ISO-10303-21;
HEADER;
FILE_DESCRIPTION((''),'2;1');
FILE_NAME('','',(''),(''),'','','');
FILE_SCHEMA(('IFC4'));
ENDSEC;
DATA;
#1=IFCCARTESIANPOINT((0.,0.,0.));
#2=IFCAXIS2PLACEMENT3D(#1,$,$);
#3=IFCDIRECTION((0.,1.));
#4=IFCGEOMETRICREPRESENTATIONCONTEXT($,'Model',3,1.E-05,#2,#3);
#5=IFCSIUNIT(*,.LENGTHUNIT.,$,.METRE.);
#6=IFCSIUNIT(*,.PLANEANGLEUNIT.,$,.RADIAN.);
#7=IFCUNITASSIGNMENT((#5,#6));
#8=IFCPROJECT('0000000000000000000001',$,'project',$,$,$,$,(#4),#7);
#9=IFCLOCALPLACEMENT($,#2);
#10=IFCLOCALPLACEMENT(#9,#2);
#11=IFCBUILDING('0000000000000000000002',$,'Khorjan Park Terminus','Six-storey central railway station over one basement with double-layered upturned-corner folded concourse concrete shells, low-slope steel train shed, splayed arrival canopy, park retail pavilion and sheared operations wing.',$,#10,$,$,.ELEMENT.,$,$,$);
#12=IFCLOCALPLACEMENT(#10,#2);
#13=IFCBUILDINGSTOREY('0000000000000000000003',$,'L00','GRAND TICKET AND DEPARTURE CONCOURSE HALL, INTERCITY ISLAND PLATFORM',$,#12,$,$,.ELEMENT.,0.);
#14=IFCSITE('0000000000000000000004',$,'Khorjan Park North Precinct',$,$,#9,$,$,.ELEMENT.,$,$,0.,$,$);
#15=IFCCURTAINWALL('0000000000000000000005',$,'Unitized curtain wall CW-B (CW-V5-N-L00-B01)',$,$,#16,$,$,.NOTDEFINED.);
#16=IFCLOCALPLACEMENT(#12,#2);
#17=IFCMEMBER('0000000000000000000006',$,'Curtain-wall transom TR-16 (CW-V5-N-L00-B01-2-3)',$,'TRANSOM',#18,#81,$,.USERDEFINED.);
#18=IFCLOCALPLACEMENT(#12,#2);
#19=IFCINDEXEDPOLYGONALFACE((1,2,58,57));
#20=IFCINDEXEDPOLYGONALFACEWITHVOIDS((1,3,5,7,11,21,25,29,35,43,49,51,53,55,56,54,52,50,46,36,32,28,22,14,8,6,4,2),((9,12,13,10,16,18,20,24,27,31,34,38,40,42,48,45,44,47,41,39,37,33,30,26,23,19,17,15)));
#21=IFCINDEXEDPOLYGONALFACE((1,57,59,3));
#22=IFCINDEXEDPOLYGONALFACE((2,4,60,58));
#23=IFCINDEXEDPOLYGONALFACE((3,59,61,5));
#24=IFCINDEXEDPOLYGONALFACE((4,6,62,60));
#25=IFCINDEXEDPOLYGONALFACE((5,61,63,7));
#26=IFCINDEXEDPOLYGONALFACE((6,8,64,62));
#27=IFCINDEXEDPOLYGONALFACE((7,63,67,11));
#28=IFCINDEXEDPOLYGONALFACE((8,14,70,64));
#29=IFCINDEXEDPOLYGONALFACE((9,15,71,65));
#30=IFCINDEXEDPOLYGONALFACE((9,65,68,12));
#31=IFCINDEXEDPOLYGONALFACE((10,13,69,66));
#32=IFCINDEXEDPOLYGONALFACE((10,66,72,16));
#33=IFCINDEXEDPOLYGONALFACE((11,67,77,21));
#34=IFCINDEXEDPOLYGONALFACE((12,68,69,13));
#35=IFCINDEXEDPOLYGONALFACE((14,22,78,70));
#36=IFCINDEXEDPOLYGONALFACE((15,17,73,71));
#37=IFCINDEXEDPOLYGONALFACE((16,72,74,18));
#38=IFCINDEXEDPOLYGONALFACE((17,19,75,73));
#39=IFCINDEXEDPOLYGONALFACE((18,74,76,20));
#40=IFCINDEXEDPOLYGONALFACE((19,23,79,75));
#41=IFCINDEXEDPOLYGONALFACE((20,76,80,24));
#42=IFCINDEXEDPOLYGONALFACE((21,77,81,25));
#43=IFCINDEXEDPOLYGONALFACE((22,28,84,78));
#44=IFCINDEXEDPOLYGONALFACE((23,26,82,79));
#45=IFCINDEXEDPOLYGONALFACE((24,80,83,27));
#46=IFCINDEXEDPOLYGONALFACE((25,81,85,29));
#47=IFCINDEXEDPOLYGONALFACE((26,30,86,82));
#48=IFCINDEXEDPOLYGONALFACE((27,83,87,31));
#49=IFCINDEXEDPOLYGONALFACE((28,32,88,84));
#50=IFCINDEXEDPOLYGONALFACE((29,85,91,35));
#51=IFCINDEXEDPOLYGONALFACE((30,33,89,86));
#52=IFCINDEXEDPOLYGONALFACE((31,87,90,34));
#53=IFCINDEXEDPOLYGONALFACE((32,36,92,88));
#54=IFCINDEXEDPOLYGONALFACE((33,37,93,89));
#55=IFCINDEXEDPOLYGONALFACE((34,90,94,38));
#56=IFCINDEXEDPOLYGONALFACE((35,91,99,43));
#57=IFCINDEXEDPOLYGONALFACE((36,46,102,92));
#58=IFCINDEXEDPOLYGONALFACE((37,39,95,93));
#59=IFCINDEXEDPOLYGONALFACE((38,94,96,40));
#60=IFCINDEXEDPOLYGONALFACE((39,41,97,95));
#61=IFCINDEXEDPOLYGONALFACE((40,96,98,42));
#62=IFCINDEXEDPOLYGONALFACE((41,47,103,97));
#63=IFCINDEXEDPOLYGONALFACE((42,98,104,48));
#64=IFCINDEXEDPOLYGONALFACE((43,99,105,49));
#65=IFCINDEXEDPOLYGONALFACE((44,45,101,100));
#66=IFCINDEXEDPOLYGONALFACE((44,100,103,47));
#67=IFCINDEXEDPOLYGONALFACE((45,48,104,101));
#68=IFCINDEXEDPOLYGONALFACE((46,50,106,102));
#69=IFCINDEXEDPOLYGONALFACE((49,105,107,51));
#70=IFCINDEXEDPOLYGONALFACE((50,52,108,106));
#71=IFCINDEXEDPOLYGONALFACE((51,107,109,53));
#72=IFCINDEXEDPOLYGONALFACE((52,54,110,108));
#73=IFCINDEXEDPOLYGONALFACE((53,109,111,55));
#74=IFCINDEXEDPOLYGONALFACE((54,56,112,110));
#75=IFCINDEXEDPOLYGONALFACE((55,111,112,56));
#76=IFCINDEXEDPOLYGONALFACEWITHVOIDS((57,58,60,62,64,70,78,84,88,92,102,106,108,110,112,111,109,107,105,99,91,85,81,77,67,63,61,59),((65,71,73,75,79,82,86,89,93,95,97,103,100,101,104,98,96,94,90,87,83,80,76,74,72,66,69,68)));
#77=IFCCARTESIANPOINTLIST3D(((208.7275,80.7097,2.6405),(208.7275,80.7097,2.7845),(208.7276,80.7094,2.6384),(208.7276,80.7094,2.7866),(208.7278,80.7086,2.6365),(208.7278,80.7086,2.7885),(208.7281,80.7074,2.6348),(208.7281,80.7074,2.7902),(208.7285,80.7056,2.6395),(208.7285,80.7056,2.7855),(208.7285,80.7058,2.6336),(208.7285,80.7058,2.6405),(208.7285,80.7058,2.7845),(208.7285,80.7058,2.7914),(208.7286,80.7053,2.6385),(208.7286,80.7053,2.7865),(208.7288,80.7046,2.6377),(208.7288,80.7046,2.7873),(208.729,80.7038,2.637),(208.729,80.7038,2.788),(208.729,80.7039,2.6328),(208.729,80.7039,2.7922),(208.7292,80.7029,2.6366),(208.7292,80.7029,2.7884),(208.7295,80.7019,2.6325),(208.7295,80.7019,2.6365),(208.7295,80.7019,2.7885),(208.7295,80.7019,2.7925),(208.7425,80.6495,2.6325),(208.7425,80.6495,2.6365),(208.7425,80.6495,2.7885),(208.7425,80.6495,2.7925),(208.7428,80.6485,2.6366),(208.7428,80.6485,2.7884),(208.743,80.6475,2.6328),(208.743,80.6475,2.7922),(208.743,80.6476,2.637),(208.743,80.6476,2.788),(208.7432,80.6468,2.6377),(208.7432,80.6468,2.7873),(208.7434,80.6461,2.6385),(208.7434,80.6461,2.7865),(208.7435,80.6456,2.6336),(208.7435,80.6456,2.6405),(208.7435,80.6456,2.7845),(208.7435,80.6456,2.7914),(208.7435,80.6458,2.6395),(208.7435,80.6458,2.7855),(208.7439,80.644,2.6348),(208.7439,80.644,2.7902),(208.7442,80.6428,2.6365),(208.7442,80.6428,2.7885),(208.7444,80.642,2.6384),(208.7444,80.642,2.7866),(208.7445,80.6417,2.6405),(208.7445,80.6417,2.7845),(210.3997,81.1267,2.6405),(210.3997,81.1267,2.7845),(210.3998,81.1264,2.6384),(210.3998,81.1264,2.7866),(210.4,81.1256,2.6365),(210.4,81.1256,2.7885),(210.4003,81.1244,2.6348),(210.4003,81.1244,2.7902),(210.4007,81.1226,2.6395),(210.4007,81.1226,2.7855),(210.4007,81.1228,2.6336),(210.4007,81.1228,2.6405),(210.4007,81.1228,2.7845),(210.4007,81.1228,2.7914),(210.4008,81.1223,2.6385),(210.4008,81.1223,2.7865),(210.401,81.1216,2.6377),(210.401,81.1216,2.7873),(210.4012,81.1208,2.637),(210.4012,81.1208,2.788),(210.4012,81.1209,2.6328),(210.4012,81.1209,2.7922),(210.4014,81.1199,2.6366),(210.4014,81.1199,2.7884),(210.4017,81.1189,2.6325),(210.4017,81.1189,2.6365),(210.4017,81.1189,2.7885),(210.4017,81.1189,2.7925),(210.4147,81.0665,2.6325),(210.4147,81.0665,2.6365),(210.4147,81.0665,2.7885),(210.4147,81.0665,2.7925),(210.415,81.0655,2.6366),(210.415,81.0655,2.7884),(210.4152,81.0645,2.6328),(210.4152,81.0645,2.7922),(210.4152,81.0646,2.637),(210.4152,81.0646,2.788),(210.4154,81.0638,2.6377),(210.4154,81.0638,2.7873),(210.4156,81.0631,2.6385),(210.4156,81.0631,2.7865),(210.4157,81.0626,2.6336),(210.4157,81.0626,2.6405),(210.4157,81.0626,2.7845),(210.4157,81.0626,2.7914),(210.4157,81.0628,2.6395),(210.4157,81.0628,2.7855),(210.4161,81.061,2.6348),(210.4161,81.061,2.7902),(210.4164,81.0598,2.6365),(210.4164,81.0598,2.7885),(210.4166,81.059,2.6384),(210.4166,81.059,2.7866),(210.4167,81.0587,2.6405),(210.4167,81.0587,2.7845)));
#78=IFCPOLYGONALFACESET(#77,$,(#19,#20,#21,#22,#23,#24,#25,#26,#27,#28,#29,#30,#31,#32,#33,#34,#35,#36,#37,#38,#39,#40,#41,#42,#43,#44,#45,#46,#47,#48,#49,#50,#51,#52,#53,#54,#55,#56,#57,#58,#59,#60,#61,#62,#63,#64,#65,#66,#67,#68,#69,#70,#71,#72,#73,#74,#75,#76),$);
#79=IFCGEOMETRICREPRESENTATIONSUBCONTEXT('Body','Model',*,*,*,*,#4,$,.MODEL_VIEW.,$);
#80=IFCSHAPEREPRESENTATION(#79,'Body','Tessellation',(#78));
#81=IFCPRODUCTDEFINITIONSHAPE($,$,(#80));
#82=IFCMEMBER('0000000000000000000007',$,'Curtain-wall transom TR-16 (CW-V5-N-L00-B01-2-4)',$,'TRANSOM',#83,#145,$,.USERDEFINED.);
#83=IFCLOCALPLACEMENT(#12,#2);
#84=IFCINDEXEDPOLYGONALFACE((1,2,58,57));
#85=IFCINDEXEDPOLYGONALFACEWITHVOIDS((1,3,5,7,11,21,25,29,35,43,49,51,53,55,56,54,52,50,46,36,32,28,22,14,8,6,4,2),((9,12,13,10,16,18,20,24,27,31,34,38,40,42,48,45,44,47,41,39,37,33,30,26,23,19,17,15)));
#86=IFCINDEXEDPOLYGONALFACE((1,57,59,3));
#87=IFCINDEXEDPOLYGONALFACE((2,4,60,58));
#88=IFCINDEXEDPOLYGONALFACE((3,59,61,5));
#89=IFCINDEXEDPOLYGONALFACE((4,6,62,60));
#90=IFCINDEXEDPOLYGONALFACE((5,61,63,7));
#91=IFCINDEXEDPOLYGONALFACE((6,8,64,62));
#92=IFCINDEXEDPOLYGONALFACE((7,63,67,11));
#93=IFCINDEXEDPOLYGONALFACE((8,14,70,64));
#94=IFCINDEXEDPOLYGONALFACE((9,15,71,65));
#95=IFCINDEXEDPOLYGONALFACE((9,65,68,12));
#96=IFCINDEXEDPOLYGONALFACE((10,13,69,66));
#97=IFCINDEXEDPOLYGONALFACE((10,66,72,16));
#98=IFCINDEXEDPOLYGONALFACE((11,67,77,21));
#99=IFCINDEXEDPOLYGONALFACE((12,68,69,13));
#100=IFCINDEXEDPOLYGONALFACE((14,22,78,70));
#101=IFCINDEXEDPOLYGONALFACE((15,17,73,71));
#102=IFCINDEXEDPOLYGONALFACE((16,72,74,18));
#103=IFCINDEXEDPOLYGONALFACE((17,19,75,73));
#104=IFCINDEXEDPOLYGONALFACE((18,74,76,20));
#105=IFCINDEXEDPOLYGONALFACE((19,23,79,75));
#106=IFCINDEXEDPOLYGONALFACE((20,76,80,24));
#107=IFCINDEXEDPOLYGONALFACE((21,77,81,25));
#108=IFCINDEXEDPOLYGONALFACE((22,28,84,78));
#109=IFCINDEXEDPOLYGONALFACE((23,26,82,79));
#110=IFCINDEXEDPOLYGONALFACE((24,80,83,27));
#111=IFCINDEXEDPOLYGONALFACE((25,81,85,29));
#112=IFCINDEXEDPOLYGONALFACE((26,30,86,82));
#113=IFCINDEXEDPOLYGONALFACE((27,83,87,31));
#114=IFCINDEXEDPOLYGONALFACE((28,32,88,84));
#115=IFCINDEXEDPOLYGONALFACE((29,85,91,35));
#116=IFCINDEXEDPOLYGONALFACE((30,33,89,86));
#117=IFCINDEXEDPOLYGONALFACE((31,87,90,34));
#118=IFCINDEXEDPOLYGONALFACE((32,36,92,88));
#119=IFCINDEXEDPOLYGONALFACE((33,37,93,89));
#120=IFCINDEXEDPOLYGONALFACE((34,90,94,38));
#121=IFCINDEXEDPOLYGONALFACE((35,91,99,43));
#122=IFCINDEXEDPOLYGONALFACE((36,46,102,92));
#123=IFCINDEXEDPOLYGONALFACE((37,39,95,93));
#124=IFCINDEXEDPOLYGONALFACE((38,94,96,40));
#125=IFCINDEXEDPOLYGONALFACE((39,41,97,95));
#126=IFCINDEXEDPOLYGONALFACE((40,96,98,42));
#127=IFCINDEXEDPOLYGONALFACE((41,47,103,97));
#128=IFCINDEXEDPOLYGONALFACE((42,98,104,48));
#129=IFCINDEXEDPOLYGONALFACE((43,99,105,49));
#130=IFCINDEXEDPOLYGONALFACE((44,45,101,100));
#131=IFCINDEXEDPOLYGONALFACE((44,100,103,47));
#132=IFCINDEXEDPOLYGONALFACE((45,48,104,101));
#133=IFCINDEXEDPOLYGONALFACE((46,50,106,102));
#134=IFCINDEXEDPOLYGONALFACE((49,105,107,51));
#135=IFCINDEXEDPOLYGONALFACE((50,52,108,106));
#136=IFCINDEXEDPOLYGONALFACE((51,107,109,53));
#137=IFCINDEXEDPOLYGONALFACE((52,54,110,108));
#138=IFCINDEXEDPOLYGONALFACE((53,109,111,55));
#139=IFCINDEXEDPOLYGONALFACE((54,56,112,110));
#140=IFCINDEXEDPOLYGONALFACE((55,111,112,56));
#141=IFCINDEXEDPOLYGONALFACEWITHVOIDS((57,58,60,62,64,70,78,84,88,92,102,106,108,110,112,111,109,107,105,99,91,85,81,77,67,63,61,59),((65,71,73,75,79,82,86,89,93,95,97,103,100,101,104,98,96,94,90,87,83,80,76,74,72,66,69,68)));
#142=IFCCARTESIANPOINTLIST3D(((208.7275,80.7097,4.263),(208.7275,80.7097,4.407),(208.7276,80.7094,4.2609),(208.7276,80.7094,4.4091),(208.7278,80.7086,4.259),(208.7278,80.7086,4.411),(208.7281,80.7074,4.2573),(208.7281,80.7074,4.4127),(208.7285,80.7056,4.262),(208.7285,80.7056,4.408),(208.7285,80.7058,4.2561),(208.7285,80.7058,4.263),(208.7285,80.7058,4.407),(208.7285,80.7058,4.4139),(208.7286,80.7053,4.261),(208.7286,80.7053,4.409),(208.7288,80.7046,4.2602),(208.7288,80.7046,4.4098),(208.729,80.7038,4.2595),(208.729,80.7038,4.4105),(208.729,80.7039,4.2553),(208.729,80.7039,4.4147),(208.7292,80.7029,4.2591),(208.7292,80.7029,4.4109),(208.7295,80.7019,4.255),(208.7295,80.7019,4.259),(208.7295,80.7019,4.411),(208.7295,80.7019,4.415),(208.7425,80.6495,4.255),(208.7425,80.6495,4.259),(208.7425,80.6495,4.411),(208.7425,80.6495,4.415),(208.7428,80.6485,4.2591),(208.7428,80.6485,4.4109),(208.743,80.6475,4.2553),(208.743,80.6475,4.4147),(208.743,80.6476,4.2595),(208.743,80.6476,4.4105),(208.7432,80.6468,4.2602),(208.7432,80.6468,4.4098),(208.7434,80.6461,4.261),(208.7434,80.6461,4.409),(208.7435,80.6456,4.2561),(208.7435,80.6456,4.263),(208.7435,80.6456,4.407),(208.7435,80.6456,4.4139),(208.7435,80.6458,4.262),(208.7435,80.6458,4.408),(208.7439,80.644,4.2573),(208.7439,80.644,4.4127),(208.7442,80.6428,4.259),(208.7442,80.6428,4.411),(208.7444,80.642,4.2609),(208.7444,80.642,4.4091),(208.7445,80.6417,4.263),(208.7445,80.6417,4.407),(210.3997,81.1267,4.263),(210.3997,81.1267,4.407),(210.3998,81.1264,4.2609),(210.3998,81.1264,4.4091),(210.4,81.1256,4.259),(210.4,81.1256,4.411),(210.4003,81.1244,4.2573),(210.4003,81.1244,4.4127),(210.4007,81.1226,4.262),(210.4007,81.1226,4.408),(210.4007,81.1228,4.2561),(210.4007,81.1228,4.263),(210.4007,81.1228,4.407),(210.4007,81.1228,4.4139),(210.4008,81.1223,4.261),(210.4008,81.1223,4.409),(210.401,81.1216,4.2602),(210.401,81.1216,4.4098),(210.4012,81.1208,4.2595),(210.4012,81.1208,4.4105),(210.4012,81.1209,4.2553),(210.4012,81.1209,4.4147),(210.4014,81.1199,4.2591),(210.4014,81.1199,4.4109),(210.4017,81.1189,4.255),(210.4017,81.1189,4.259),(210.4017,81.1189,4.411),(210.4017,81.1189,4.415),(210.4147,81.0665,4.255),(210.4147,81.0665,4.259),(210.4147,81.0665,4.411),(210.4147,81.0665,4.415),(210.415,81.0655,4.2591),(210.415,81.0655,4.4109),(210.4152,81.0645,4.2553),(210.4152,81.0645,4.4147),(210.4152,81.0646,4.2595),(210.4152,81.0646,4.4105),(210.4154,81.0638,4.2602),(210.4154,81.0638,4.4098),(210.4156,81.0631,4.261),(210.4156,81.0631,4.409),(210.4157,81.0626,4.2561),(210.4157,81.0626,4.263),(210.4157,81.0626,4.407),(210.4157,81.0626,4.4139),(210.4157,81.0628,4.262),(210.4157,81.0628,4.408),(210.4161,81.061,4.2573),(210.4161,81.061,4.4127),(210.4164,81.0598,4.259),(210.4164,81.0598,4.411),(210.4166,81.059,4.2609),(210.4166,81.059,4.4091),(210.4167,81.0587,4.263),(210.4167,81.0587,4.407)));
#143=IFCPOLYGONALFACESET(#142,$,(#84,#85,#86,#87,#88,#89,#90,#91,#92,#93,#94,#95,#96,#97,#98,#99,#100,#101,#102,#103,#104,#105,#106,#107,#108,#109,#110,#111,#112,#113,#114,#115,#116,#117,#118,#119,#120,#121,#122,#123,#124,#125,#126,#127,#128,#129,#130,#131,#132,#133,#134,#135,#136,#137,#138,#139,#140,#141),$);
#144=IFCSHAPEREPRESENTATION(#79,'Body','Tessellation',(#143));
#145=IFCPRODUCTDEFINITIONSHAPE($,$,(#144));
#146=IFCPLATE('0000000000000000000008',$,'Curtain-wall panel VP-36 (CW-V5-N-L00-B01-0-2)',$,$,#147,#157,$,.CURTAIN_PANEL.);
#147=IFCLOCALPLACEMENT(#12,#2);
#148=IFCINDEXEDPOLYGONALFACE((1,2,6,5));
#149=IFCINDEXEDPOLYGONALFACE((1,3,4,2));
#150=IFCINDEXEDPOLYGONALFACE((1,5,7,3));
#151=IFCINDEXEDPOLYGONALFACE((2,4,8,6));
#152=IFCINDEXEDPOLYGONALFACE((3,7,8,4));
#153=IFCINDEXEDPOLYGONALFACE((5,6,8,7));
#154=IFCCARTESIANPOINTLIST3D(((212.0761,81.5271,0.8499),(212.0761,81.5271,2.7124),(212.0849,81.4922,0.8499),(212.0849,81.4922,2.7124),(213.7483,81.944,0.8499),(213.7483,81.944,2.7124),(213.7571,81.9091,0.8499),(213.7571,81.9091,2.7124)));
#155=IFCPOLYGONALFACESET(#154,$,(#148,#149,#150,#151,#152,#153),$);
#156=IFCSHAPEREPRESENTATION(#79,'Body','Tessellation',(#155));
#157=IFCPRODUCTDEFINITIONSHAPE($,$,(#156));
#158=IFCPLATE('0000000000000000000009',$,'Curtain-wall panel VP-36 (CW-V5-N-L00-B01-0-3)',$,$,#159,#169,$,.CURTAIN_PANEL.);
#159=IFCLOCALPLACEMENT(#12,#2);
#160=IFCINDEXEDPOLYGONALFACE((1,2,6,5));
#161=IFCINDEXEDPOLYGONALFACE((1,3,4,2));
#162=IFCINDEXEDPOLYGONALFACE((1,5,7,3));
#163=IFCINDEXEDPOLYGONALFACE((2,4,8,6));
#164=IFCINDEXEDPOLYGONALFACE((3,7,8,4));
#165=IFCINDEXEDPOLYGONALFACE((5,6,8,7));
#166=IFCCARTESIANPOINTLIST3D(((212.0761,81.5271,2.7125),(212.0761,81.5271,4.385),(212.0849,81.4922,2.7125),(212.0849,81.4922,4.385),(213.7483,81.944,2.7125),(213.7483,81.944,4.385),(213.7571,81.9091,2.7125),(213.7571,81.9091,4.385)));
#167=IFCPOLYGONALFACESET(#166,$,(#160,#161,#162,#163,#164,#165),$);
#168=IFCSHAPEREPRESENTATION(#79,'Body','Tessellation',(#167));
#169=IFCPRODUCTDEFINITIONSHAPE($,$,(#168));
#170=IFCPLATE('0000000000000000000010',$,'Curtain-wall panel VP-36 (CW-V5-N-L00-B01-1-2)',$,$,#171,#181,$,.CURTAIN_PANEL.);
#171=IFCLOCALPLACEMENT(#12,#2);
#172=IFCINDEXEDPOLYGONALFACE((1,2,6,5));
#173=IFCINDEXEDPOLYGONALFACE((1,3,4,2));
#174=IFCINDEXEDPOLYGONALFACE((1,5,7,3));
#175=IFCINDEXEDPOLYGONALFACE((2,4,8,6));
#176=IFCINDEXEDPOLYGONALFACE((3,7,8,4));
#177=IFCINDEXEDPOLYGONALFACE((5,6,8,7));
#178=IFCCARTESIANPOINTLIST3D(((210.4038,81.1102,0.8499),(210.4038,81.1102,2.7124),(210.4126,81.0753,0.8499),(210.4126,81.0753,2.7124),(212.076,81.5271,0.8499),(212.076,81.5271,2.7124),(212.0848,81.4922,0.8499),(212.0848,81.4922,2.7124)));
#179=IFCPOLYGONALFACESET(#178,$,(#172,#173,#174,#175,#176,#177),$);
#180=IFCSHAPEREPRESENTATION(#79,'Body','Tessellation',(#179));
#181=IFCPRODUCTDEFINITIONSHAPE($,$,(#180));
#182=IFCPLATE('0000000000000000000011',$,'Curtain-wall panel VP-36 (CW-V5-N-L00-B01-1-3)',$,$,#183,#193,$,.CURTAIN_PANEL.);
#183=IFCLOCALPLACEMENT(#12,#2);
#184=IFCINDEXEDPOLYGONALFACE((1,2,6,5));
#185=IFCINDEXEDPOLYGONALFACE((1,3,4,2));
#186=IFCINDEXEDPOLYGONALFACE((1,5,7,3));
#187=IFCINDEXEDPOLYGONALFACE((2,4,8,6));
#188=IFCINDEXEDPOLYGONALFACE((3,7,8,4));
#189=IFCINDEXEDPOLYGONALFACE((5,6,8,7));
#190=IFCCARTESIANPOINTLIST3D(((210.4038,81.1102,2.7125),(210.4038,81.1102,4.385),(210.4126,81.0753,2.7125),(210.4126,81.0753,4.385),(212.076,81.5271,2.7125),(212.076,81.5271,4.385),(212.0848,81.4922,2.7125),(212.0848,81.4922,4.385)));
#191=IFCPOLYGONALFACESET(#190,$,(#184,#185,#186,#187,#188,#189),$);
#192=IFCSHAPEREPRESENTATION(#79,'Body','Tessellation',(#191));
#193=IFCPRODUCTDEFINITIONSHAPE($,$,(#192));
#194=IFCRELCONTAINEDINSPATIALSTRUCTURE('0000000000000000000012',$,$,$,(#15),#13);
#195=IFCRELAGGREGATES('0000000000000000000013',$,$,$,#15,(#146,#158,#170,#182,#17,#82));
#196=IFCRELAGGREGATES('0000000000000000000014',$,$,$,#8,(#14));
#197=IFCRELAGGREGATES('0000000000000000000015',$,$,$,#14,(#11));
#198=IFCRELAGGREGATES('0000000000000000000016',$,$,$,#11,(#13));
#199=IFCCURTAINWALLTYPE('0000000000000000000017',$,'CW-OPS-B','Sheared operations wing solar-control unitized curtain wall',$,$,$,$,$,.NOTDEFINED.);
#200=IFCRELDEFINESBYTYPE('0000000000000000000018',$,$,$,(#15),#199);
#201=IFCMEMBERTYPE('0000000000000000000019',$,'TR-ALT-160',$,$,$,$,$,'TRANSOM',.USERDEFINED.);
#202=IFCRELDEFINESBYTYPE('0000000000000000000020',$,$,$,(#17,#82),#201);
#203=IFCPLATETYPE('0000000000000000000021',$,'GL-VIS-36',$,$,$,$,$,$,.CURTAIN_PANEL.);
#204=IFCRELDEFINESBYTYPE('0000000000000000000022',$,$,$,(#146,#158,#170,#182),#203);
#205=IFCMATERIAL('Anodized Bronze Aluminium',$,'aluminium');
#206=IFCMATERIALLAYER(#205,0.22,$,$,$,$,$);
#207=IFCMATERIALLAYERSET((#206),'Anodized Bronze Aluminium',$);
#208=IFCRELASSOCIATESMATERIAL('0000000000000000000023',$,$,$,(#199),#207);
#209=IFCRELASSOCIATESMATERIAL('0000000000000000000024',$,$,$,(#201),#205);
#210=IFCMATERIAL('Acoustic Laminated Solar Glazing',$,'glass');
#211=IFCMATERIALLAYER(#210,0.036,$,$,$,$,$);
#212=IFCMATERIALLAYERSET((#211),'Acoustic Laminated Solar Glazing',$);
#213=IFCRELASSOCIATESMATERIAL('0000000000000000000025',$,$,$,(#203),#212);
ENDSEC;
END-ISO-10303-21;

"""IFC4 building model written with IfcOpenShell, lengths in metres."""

from ifc_helpers import new_model, si_unit, direction, frame, origin, origin_2d, place, context, subcontext, project, spatial, rectangle, hollow_rectangle, extrude, material, layer, layer_set, material_profile, profile_set, type_object, element, aggregate, save


model = new_model("IFC4")

# Units and contexts
model_context = context("Model", 3, precision=1e-05, world=origin(), true_north=direction((0.0, 1.0)))
body_context = subcontext(model_context, "Body", "Model", "MODEL_VIEW")
ifc_project = project(units=[si_unit("LENGTHUNIT", "METRE"), si_unit("PLANEANGLEUNIT", "RADIAN")], contexts=[model_context])

# Site, building, storey
site_placement = place(None, origin())
site = spatial("IfcSite", under=ifc_project, at=site_placement, Name="Khorjan Park North Precinct", CompositionType="ELEMENT", RefElevation=0.0)
building_placement = place(site_placement, origin())
building = spatial("IfcBuilding", under=site, at=building_placement, Name="Khorjan Park Terminus", Description="Six-storey central railway station over one basement with double-layered upturned-corner folded concourse concrete shells, low-slope steel train shed, splayed arrival canopy, park retail pavilion and sheared operations wing.", CompositionType="ELEMENT")
storey_placement = place(building_placement, origin())
storey = spatial("IfcBuildingStorey", under=building, at=storey_placement, Name="L00", Description="GRAND TICKET AND DEPARTURE CONCOURSE HALL, INTERCITY ISLAND PLATFORM", CompositionType="ELEMENT", Elevation=0.0)

# Curtain wall, members, plates
ifc_material_1 = material(Name="Anodized Bronze Aluminium", Category="aluminium")
ifc_layer_1 = layer(ifc_material_1, 0.22)
ifc_layer_set_1 = layer_set([ifc_layer_1], Name="Anodized Bronze Aluminium")
curtain_wall_type = type_object("IfcCurtainWallType", Name="CW-OPS-B", Description="Sheared operations wing solar-control unitized curtain wall", PredefinedType="NOTDEFINED", material=ifc_layer_set_1)
curtain_wall_placement = place(storey_placement, origin())
curtain_wall = element("IfcCurtainWall", 1, at=curtain_wall_placement, inside=storey, type_object=curtain_wall_type, Name="Unitized curtain wall CW-B (CW-V5-N-L00-B01)", PredefinedType="NOTDEFINED")
ifc_material_profile_1 = material_profile(ifc_material_1, hollow_rectangle(XDim=0.07, YDim=0.16, WallThickness=0.004, InnerFilletRadius=0.004, OuterFilletRadius=0.008, at=origin_2d()), Name="ALT 70x160x4")
ifc_profile_set_1 = profile_set([ifc_material_profile_1], Name="Anodized Bronze Aluminium")
member_type_1 = type_object("IfcMemberType", Name="TR-ALT-160", ElementType="TRANSOM", PredefinedType="USERDEFINED", material=ifc_profile_set_1)
member_1_placement = place(storey_placement, frame((210.4082, 81.0927, 2.7125), z_axis=(-0.970286, -0.241962, 0.0), x_axis=(0.241962, -0.970286, 0.0)))
member_1 = element("IfcMember", 2, at=member_1_placement, type_object=member_type_1, Name="Curtain-wall transom TR-16 (CW-V5-N-L00-B01-2-3)", ObjectType="TRANSOM", PredefinedType="USERDEFINED", context=body_context, shape_type="SweptSolid", body=[
    extrude(hollow_rectangle(XDim=0.07, YDim=0.16, WallThickness=0.004, InnerFilletRadius=0.004, OuterFilletRadius=0.008, at=origin_2d()), origin(), (0.0, 0.0, 1.0), 1.7234),
])
member_2_placement = place(storey_placement, frame((210.4082, 81.0927, 4.335), z_axis=(-0.970286, -0.241962, 0.0), x_axis=(0.241962, -0.970286, 0.0)))
member_2 = element("IfcMember", 3, at=member_2_placement, type_object=member_type_1, Name="Curtain-wall transom TR-16 (CW-V5-N-L00-B01-2-4)", ObjectType="TRANSOM", PredefinedType="USERDEFINED", context=body_context, shape_type="SweptSolid", body=[
    extrude(hollow_rectangle(XDim=0.07, YDim=0.16, WallThickness=0.004, InnerFilletRadius=0.004, OuterFilletRadius=0.008, at=origin_2d()), origin(), (0.0, 0.0, 1.0), 1.7234),
])
ifc_material_2 = material(Name="Acoustic Laminated Solar Glazing", Category="glass")
ifc_layer_2 = layer(ifc_material_2, 0.036)
ifc_layer_set_2 = layer_set([ifc_layer_2], Name="Acoustic Laminated Solar Glazing")
plate_type_1 = type_object("IfcPlateType", Name="GL-VIS-36", PredefinedType="CURTAIN_PANEL", material=ifc_layer_set_2)
plate_1_placement = place(storey_placement, frame((212.9166, 81.7181, 0.8499), z_axis=(0.0, 0.0, 1.0), x_axis=(-0.970294, -0.241928, 0.0)))
plate_1 = element("IfcPlate", 4, at=plate_1_placement, type_object=plate_type_1, Name="Curtain-wall panel VP-36 (CW-V5-N-L00-B01-0-2)", PredefinedType="CURTAIN_PANEL", context=body_context, shape_type="SweptSolid", body=[
    extrude(rectangle(XDim=1.7234, YDim=0.036, at=origin_2d()), origin(), (0.0, 0.0, 1.0), 1.8625),
])
plate_2_placement = place(storey_placement, frame((212.9166, 81.7181, 2.7125), z_axis=(0.0, 0.0, 1.0), x_axis=(-0.970294, -0.241928, 0.0)))
plate_2 = element("IfcPlate", 5, at=plate_2_placement, type_object=plate_type_1, Name="Curtain-wall panel VP-36 (CW-V5-N-L00-B01-0-3)", PredefinedType="CURTAIN_PANEL", context=body_context, shape_type="SweptSolid", body=[
    extrude(rectangle(XDim=1.7234, YDim=0.036, at=origin_2d()), origin(), (0.0, 0.0, 1.0), 1.6725),
])
plate_3_placement = place(storey_placement, frame((211.2443, 81.3012, 0.8499), z_axis=(0.0, 0.0, 1.0), x_axis=(-0.970294, -0.241928, 0.0)))
plate_3 = element("IfcPlate", 6, at=plate_3_placement, type_object=plate_type_1, Name="Curtain-wall panel VP-36 (CW-V5-N-L00-B01-1-2)", PredefinedType="CURTAIN_PANEL", context=body_context, shape_type="SweptSolid", body=[
    extrude(rectangle(XDim=1.7234, YDim=0.036, at=origin_2d()), origin(), (0.0, 0.0, 1.0), 1.8625),
])
plate_4_placement = place(storey_placement, frame((211.2443, 81.3012, 2.7125), z_axis=(0.0, 0.0, 1.0), x_axis=(-0.970294, -0.241928, 0.0)))
plate_4 = element("IfcPlate", 7, at=plate_4_placement, type_object=plate_type_1, Name="Curtain-wall panel VP-36 (CW-V5-N-L00-B01-1-3)", PredefinedType="CURTAIN_PANEL", context=body_context, shape_type="SweptSolid", body=[
    extrude(rectangle(XDim=1.7234, YDim=0.036, at=origin_2d()), origin(), (0.0, 0.0, 1.0), 1.6725),
])
aggregate(curtain_wall, [plate_1, plate_2, plate_3, plate_4, member_1, member_2])

save(model, "model.ifc")
